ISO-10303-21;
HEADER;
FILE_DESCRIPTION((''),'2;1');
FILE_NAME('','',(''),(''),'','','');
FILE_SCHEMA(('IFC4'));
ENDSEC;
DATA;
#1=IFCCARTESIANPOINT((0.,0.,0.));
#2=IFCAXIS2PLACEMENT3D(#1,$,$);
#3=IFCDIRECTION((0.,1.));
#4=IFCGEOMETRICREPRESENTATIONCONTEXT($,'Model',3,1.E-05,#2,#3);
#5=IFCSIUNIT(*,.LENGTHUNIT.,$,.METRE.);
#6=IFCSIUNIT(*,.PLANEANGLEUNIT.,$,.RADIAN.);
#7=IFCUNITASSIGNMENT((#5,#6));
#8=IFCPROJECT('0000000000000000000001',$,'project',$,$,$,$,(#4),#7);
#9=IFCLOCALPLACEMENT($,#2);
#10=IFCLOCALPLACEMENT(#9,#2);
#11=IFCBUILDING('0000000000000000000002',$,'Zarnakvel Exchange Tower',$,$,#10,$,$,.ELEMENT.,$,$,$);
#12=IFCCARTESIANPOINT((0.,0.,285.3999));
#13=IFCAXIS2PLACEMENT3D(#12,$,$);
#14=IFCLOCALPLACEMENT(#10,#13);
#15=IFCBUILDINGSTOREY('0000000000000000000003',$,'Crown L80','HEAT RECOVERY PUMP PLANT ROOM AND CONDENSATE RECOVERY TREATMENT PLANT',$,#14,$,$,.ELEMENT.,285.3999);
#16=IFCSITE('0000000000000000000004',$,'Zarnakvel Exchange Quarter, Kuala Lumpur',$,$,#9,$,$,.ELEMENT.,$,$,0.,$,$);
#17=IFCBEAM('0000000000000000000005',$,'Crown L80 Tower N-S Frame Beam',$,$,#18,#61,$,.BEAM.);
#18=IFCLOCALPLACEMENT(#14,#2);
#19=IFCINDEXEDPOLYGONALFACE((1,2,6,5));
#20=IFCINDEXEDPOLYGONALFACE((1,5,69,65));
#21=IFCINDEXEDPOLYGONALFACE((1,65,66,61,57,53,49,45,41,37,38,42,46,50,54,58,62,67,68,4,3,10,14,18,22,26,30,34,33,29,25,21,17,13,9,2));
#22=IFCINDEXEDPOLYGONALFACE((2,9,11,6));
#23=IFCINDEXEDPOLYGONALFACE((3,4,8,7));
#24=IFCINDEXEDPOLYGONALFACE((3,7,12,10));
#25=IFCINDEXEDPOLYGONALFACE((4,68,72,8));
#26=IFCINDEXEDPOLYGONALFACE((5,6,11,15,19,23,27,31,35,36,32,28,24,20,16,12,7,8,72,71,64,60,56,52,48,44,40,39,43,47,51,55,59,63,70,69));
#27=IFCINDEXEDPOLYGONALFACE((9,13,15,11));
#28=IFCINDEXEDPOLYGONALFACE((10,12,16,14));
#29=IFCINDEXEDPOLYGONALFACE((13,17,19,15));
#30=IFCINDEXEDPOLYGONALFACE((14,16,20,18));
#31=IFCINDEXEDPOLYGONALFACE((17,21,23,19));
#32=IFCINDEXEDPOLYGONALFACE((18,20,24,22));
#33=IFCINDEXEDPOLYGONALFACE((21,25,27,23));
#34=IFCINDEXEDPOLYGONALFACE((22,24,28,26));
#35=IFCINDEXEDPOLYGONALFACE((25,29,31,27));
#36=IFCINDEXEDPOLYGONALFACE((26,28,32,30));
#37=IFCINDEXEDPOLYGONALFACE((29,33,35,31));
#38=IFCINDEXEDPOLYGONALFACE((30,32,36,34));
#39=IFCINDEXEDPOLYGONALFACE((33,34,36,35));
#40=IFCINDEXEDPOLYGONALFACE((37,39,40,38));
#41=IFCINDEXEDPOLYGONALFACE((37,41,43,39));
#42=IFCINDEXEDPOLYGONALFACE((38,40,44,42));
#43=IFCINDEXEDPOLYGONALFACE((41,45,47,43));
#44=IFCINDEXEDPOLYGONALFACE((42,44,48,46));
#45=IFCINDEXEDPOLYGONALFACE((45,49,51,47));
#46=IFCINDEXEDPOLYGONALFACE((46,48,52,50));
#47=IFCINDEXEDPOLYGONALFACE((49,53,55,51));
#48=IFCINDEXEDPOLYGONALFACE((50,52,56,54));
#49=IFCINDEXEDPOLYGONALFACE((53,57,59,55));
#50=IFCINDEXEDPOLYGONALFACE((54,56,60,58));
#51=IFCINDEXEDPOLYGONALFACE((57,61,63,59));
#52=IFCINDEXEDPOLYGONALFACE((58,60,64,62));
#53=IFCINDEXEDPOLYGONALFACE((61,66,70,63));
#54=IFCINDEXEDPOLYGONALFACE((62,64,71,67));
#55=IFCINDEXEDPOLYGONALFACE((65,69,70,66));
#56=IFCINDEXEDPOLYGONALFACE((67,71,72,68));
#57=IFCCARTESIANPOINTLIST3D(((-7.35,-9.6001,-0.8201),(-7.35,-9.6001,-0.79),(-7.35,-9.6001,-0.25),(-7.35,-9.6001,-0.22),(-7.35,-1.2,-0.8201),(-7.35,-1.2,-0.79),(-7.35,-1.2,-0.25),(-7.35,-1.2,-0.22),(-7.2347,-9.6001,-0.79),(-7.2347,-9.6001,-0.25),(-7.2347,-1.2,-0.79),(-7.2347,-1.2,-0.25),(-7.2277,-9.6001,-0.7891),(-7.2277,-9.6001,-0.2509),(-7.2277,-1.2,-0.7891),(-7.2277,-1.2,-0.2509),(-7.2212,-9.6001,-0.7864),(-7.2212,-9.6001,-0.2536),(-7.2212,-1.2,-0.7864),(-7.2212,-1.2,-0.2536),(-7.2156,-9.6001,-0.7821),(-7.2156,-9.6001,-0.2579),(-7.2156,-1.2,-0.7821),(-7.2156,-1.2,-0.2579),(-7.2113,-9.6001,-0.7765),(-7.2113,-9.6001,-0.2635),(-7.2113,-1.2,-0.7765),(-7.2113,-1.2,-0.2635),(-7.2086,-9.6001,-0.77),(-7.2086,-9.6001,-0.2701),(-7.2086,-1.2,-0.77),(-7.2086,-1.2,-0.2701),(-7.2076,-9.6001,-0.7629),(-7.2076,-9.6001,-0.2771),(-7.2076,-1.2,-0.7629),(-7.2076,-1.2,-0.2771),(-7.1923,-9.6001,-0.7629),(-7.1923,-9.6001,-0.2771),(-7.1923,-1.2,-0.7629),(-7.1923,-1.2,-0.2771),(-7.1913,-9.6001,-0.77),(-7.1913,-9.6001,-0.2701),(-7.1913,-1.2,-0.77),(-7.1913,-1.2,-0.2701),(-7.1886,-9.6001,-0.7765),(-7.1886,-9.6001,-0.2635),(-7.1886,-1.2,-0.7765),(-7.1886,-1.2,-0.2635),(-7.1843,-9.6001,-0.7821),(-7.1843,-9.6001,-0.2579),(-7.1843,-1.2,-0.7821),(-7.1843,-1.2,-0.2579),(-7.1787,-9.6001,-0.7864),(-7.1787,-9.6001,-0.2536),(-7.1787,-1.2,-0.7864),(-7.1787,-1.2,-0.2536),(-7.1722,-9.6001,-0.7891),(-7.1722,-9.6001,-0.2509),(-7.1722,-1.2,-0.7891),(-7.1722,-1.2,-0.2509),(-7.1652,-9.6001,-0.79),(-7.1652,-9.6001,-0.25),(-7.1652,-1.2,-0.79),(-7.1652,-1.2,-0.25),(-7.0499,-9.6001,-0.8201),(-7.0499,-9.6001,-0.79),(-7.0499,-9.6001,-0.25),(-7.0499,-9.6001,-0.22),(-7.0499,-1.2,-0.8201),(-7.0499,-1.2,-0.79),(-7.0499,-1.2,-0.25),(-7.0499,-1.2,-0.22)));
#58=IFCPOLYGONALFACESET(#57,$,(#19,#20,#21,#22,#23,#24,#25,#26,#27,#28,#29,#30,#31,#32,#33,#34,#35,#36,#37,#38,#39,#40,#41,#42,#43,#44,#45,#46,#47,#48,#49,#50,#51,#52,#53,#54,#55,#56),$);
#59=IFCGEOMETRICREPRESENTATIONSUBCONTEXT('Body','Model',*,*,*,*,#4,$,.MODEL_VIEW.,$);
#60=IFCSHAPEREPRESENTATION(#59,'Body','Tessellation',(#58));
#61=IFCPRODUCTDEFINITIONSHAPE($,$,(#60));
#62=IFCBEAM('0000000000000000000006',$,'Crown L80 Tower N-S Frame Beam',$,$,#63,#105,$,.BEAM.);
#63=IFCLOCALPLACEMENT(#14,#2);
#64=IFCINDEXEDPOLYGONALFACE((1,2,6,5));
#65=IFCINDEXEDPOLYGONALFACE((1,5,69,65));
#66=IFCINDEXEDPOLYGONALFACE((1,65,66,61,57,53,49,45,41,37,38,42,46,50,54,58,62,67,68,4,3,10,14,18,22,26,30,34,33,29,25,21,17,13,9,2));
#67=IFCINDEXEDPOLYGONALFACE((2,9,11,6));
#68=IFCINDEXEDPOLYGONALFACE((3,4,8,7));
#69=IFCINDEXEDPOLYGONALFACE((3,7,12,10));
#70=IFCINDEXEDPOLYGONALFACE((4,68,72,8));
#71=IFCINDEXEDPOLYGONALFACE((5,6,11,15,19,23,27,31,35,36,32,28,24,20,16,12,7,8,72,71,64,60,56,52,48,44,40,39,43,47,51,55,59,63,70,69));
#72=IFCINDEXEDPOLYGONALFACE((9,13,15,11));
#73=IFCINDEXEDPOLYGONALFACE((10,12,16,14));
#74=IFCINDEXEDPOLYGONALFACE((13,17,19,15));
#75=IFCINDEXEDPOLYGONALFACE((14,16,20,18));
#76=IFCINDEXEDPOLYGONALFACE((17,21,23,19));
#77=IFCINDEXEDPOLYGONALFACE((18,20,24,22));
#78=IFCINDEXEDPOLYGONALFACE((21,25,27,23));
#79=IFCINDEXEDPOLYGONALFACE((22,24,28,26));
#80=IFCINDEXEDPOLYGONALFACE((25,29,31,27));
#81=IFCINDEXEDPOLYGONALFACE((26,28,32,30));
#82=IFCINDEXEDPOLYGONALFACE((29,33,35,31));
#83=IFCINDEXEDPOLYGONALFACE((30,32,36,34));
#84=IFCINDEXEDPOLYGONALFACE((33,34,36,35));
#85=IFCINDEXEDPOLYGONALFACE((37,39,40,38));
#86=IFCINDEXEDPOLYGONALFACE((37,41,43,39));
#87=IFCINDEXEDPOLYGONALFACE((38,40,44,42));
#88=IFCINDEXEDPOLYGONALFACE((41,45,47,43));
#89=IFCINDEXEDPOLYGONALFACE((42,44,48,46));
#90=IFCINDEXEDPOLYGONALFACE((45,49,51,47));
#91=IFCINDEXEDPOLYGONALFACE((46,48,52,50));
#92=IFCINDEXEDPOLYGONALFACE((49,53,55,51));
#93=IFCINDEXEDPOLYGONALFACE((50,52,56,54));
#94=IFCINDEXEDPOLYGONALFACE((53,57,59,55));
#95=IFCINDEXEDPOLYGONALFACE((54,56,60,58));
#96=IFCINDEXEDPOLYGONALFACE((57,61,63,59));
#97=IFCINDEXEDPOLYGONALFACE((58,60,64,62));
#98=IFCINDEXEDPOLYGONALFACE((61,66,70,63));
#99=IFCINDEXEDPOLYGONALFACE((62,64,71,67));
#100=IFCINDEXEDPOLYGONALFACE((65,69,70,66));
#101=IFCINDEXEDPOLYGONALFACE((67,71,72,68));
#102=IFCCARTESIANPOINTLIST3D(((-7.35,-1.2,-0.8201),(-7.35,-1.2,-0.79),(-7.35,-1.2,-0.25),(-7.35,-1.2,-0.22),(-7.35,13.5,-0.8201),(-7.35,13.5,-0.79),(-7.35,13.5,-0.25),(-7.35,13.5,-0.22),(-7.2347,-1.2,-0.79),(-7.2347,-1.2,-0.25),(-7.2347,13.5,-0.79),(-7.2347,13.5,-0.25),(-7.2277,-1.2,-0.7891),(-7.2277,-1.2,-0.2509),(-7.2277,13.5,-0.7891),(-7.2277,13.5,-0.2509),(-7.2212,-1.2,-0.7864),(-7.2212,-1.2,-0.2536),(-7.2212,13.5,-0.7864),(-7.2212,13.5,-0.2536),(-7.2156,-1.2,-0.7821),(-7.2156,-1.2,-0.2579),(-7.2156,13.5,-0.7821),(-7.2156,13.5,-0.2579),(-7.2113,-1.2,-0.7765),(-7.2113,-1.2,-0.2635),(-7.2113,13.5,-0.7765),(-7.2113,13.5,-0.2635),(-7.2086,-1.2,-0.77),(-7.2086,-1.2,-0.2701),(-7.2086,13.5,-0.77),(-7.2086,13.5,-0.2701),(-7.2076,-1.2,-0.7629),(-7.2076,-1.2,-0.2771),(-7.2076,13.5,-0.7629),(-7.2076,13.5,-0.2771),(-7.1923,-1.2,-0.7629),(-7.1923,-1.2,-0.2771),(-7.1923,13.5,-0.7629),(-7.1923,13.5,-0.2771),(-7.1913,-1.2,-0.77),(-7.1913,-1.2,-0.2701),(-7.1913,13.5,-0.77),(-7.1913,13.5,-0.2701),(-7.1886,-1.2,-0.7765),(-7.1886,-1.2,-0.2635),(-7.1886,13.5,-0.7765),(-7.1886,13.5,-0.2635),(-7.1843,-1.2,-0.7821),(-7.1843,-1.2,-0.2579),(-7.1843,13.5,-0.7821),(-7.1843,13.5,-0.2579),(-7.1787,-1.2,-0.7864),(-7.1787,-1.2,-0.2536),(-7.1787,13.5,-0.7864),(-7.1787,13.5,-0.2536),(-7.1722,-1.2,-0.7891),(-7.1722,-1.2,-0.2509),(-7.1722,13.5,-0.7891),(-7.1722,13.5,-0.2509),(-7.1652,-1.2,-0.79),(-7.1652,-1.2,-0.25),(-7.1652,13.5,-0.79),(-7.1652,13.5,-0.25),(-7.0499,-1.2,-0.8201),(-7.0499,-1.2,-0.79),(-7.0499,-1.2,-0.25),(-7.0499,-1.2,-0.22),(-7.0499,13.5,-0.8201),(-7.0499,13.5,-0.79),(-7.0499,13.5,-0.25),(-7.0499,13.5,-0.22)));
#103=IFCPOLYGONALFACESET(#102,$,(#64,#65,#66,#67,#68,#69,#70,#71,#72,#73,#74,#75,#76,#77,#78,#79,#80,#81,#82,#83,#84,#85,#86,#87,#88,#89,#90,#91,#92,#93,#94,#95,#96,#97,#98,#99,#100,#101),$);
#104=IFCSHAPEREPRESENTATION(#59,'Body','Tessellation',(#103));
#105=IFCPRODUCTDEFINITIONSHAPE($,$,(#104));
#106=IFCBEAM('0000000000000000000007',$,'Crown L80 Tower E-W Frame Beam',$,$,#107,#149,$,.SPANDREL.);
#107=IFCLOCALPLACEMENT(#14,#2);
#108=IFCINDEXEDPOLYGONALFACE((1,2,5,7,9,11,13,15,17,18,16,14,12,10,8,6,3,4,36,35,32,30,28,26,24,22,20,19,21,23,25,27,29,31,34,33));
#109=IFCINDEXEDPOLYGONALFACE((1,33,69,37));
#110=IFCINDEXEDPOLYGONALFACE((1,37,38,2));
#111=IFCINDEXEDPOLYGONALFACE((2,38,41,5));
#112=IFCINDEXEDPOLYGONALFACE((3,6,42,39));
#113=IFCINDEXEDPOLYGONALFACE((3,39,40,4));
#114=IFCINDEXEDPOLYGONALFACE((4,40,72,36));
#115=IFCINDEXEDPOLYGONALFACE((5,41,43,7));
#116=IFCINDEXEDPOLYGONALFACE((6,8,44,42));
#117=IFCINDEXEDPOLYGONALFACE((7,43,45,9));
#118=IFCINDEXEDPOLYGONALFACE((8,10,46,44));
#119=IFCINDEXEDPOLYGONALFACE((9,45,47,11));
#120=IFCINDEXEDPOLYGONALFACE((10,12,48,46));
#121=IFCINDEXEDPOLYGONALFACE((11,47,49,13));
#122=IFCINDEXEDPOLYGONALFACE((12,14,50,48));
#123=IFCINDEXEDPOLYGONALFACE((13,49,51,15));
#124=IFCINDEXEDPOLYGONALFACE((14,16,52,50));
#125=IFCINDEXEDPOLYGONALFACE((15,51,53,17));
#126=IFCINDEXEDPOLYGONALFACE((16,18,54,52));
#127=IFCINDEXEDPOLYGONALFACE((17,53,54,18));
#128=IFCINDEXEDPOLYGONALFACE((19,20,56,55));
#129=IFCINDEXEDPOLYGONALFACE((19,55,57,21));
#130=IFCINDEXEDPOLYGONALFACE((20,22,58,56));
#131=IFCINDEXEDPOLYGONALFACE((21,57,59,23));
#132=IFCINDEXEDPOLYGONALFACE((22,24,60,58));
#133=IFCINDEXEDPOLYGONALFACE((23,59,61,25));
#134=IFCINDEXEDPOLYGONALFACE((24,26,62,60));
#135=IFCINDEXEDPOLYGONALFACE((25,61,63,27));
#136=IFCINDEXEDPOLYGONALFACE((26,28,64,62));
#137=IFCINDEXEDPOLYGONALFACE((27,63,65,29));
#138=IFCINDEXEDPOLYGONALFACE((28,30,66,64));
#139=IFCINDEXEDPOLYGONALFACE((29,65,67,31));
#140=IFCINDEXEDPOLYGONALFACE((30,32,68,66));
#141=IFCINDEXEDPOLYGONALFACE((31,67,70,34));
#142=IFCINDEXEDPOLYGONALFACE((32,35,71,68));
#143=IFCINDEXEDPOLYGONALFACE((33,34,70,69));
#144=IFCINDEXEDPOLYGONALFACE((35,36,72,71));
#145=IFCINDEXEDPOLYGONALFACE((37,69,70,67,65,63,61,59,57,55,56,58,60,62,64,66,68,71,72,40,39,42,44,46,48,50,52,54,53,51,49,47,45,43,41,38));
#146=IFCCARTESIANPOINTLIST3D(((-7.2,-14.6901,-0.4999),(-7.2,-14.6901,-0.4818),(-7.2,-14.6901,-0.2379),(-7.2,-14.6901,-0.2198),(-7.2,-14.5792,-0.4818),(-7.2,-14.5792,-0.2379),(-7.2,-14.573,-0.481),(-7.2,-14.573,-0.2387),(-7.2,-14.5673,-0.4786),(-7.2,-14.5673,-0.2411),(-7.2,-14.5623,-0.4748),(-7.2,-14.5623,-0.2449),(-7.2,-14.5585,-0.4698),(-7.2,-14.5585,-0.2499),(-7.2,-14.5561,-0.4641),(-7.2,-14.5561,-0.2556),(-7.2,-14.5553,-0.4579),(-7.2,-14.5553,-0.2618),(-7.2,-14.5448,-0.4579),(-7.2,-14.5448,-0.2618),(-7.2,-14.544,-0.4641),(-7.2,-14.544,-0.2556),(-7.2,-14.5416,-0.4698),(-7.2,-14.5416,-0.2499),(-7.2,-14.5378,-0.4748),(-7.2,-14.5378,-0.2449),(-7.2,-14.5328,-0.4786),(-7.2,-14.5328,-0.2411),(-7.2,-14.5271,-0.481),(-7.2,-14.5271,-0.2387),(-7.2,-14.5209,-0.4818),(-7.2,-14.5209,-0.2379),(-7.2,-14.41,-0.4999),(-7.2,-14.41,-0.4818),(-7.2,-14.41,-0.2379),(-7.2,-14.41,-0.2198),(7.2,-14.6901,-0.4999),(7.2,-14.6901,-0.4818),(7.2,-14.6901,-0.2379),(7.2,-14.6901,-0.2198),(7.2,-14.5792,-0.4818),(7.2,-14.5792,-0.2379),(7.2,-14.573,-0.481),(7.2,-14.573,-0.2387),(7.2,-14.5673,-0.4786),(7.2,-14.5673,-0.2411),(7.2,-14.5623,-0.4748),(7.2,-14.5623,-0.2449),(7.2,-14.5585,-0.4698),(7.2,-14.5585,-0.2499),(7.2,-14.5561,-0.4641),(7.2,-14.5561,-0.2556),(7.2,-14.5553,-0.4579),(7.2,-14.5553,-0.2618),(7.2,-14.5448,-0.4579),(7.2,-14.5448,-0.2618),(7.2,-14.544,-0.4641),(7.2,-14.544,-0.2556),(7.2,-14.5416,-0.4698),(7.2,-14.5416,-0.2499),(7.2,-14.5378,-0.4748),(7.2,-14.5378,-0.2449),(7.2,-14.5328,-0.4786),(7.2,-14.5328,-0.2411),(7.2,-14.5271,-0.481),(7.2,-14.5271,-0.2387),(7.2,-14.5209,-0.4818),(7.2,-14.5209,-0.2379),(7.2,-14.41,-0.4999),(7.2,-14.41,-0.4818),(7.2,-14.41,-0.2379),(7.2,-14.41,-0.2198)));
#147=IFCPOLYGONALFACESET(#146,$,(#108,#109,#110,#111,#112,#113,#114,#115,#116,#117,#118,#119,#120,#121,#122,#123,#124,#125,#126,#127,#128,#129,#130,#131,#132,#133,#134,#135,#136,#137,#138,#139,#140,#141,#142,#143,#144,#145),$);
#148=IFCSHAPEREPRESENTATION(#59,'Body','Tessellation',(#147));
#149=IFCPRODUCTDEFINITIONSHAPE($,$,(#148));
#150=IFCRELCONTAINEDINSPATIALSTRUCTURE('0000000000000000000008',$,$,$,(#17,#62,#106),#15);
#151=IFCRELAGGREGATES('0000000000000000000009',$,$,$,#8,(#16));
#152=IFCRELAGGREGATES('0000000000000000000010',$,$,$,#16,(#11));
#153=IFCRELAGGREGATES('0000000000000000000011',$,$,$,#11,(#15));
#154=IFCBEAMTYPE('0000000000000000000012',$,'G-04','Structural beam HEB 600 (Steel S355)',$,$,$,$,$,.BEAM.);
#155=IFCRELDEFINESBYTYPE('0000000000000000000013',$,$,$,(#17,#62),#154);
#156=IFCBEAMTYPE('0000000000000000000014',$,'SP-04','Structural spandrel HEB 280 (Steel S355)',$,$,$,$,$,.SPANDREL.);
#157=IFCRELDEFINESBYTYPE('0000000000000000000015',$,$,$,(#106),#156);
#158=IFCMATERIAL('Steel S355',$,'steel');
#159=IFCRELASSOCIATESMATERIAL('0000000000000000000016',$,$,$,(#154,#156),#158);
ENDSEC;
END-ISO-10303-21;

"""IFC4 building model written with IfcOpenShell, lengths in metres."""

from ifc_helpers import new_model, si_unit, direction, frame, origin, origin_2d, place, context, subcontext, project, spatial, i_section, extrude, material, material_profile, profile_set, type_object, element, save


model = new_model("IFC4")

# Units and contexts
model_context = context("Model", 3, precision=1e-05, world=origin(), true_north=direction((0.0, 1.0)))
body_context = subcontext(model_context, "Body", "Model", "MODEL_VIEW")
ifc_project = project(units=[si_unit("LENGTHUNIT", "METRE"), si_unit("PLANEANGLEUNIT", "RADIAN")], contexts=[model_context])

# Site, building, storey
site_placement = place(None, origin())
site = spatial("IfcSite", under=ifc_project, at=site_placement, Name="Zarnakvel Exchange Quarter, Kuala Lumpur", CompositionType="ELEMENT", RefElevation=0.0)
building_placement = place(site_placement, origin())
building = spatial("IfcBuilding", under=site, at=building_placement, Name="Zarnakvel Exchange Tower", CompositionType="ELEMENT")
storey_placement = place(building_placement, frame((0.0, 0.0, 285.3999)))
storey = spatial("IfcBuildingStorey", under=building, at=storey_placement, Name="Crown L80", Description="HEAT RECOVERY PUMP PLANT ROOM AND CONDENSATE RECOVERY TREATMENT PLANT", CompositionType="ELEMENT", Elevation=285.3999)

# Shared definitions
ifc_material_1 = material(Name="Steel S355", Category="steel")

# Beams
ifc_material_profile_1 = material_profile(ifc_material_1, i_section(OverallWidth=0.3, OverallDepth=0.6001, WebThickness=0.0154, FlangeThickness=0.03, FilletRadius=0.0271, at=origin_2d()))
ifc_profile_set_1 = profile_set([ifc_material_profile_1], Name="Steel S355")
beam_type_1 = type_object("IfcBeamType", Name="G-04", Description="Structural beam HEB 600 (Steel S355)", PredefinedType="BEAM", material=ifc_profile_set_1)
beam_1_placement = place(storey_placement, frame((-7.2, -9.6001, -0.52), z_axis=(0.0, 1.0, 0.0), x_axis=(-1.0, 0.0, 0.0)))
element("IfcBeam", 1, at=beam_1_placement, inside=storey, type_object=beam_type_1, Name="Crown L80 Tower N-S Frame Beam", PredefinedType="BEAM", context=body_context, shape_type="SweptSolid", body=[
    extrude(i_section(OverallWidth=0.3, OverallDepth=0.6001, WebThickness=0.0154, FlangeThickness=0.03, FilletRadius=0.0271, at=origin_2d()), origin(), (0.0, 0.0, 1.0), 8.4001),
])
beam_2_placement = place(storey_placement, frame((-7.2, -1.2, -0.52), z_axis=(0.0, 1.0, 0.0), x_axis=(-1.0, 0.0, 0.0)))
element("IfcBeam", 2, at=beam_2_placement, inside=storey, type_object=beam_type_1, Name="Crown L80 Tower N-S Frame Beam", PredefinedType="BEAM", context=body_context, shape_type="SweptSolid", body=[
    extrude(i_section(OverallWidth=0.3, OverallDepth=0.6001, WebThickness=0.0154, FlangeThickness=0.03, FilletRadius=0.0271, at=origin_2d()), origin(), (0.0, 0.0, 1.0), 14.7),
])
ifc_material_profile_2 = material_profile(ifc_material_1, i_section(OverallWidth=0.28, OverallDepth=0.28, WebThickness=0.0105, FlangeThickness=0.0181, FilletRadius=0.0239, at=origin_2d()))
ifc_profile_set_2 = profile_set([ifc_material_profile_2], Name="Steel S355")
beam_type_2 = type_object("IfcBeamType", Name="SP-04", Description="Structural spandrel HEB 280 (Steel S355)", PredefinedType="SPANDREL", material=ifc_profile_set_2)
beam_3_placement = place(storey_placement, frame((-7.2, -14.55, -0.3599), z_axis=(1.0, 0.0, 0.0), x_axis=(0.0, 1.0, 0.0)))
element("IfcBeam", 3, at=beam_3_placement, inside=storey, type_object=beam_type_2, Name="Crown L80 Tower E-W Frame Beam", PredefinedType="SPANDREL", context=body_context, shape_type="SweptSolid", body=[
    extrude(i_section(OverallWidth=0.28, OverallDepth=0.28, WebThickness=0.0105, FlangeThickness=0.0181, FilletRadius=0.0239, at=origin_2d()), origin(), (0.0, 0.0, 1.0), 14.3999),
])

save(model, "model.ifc")
